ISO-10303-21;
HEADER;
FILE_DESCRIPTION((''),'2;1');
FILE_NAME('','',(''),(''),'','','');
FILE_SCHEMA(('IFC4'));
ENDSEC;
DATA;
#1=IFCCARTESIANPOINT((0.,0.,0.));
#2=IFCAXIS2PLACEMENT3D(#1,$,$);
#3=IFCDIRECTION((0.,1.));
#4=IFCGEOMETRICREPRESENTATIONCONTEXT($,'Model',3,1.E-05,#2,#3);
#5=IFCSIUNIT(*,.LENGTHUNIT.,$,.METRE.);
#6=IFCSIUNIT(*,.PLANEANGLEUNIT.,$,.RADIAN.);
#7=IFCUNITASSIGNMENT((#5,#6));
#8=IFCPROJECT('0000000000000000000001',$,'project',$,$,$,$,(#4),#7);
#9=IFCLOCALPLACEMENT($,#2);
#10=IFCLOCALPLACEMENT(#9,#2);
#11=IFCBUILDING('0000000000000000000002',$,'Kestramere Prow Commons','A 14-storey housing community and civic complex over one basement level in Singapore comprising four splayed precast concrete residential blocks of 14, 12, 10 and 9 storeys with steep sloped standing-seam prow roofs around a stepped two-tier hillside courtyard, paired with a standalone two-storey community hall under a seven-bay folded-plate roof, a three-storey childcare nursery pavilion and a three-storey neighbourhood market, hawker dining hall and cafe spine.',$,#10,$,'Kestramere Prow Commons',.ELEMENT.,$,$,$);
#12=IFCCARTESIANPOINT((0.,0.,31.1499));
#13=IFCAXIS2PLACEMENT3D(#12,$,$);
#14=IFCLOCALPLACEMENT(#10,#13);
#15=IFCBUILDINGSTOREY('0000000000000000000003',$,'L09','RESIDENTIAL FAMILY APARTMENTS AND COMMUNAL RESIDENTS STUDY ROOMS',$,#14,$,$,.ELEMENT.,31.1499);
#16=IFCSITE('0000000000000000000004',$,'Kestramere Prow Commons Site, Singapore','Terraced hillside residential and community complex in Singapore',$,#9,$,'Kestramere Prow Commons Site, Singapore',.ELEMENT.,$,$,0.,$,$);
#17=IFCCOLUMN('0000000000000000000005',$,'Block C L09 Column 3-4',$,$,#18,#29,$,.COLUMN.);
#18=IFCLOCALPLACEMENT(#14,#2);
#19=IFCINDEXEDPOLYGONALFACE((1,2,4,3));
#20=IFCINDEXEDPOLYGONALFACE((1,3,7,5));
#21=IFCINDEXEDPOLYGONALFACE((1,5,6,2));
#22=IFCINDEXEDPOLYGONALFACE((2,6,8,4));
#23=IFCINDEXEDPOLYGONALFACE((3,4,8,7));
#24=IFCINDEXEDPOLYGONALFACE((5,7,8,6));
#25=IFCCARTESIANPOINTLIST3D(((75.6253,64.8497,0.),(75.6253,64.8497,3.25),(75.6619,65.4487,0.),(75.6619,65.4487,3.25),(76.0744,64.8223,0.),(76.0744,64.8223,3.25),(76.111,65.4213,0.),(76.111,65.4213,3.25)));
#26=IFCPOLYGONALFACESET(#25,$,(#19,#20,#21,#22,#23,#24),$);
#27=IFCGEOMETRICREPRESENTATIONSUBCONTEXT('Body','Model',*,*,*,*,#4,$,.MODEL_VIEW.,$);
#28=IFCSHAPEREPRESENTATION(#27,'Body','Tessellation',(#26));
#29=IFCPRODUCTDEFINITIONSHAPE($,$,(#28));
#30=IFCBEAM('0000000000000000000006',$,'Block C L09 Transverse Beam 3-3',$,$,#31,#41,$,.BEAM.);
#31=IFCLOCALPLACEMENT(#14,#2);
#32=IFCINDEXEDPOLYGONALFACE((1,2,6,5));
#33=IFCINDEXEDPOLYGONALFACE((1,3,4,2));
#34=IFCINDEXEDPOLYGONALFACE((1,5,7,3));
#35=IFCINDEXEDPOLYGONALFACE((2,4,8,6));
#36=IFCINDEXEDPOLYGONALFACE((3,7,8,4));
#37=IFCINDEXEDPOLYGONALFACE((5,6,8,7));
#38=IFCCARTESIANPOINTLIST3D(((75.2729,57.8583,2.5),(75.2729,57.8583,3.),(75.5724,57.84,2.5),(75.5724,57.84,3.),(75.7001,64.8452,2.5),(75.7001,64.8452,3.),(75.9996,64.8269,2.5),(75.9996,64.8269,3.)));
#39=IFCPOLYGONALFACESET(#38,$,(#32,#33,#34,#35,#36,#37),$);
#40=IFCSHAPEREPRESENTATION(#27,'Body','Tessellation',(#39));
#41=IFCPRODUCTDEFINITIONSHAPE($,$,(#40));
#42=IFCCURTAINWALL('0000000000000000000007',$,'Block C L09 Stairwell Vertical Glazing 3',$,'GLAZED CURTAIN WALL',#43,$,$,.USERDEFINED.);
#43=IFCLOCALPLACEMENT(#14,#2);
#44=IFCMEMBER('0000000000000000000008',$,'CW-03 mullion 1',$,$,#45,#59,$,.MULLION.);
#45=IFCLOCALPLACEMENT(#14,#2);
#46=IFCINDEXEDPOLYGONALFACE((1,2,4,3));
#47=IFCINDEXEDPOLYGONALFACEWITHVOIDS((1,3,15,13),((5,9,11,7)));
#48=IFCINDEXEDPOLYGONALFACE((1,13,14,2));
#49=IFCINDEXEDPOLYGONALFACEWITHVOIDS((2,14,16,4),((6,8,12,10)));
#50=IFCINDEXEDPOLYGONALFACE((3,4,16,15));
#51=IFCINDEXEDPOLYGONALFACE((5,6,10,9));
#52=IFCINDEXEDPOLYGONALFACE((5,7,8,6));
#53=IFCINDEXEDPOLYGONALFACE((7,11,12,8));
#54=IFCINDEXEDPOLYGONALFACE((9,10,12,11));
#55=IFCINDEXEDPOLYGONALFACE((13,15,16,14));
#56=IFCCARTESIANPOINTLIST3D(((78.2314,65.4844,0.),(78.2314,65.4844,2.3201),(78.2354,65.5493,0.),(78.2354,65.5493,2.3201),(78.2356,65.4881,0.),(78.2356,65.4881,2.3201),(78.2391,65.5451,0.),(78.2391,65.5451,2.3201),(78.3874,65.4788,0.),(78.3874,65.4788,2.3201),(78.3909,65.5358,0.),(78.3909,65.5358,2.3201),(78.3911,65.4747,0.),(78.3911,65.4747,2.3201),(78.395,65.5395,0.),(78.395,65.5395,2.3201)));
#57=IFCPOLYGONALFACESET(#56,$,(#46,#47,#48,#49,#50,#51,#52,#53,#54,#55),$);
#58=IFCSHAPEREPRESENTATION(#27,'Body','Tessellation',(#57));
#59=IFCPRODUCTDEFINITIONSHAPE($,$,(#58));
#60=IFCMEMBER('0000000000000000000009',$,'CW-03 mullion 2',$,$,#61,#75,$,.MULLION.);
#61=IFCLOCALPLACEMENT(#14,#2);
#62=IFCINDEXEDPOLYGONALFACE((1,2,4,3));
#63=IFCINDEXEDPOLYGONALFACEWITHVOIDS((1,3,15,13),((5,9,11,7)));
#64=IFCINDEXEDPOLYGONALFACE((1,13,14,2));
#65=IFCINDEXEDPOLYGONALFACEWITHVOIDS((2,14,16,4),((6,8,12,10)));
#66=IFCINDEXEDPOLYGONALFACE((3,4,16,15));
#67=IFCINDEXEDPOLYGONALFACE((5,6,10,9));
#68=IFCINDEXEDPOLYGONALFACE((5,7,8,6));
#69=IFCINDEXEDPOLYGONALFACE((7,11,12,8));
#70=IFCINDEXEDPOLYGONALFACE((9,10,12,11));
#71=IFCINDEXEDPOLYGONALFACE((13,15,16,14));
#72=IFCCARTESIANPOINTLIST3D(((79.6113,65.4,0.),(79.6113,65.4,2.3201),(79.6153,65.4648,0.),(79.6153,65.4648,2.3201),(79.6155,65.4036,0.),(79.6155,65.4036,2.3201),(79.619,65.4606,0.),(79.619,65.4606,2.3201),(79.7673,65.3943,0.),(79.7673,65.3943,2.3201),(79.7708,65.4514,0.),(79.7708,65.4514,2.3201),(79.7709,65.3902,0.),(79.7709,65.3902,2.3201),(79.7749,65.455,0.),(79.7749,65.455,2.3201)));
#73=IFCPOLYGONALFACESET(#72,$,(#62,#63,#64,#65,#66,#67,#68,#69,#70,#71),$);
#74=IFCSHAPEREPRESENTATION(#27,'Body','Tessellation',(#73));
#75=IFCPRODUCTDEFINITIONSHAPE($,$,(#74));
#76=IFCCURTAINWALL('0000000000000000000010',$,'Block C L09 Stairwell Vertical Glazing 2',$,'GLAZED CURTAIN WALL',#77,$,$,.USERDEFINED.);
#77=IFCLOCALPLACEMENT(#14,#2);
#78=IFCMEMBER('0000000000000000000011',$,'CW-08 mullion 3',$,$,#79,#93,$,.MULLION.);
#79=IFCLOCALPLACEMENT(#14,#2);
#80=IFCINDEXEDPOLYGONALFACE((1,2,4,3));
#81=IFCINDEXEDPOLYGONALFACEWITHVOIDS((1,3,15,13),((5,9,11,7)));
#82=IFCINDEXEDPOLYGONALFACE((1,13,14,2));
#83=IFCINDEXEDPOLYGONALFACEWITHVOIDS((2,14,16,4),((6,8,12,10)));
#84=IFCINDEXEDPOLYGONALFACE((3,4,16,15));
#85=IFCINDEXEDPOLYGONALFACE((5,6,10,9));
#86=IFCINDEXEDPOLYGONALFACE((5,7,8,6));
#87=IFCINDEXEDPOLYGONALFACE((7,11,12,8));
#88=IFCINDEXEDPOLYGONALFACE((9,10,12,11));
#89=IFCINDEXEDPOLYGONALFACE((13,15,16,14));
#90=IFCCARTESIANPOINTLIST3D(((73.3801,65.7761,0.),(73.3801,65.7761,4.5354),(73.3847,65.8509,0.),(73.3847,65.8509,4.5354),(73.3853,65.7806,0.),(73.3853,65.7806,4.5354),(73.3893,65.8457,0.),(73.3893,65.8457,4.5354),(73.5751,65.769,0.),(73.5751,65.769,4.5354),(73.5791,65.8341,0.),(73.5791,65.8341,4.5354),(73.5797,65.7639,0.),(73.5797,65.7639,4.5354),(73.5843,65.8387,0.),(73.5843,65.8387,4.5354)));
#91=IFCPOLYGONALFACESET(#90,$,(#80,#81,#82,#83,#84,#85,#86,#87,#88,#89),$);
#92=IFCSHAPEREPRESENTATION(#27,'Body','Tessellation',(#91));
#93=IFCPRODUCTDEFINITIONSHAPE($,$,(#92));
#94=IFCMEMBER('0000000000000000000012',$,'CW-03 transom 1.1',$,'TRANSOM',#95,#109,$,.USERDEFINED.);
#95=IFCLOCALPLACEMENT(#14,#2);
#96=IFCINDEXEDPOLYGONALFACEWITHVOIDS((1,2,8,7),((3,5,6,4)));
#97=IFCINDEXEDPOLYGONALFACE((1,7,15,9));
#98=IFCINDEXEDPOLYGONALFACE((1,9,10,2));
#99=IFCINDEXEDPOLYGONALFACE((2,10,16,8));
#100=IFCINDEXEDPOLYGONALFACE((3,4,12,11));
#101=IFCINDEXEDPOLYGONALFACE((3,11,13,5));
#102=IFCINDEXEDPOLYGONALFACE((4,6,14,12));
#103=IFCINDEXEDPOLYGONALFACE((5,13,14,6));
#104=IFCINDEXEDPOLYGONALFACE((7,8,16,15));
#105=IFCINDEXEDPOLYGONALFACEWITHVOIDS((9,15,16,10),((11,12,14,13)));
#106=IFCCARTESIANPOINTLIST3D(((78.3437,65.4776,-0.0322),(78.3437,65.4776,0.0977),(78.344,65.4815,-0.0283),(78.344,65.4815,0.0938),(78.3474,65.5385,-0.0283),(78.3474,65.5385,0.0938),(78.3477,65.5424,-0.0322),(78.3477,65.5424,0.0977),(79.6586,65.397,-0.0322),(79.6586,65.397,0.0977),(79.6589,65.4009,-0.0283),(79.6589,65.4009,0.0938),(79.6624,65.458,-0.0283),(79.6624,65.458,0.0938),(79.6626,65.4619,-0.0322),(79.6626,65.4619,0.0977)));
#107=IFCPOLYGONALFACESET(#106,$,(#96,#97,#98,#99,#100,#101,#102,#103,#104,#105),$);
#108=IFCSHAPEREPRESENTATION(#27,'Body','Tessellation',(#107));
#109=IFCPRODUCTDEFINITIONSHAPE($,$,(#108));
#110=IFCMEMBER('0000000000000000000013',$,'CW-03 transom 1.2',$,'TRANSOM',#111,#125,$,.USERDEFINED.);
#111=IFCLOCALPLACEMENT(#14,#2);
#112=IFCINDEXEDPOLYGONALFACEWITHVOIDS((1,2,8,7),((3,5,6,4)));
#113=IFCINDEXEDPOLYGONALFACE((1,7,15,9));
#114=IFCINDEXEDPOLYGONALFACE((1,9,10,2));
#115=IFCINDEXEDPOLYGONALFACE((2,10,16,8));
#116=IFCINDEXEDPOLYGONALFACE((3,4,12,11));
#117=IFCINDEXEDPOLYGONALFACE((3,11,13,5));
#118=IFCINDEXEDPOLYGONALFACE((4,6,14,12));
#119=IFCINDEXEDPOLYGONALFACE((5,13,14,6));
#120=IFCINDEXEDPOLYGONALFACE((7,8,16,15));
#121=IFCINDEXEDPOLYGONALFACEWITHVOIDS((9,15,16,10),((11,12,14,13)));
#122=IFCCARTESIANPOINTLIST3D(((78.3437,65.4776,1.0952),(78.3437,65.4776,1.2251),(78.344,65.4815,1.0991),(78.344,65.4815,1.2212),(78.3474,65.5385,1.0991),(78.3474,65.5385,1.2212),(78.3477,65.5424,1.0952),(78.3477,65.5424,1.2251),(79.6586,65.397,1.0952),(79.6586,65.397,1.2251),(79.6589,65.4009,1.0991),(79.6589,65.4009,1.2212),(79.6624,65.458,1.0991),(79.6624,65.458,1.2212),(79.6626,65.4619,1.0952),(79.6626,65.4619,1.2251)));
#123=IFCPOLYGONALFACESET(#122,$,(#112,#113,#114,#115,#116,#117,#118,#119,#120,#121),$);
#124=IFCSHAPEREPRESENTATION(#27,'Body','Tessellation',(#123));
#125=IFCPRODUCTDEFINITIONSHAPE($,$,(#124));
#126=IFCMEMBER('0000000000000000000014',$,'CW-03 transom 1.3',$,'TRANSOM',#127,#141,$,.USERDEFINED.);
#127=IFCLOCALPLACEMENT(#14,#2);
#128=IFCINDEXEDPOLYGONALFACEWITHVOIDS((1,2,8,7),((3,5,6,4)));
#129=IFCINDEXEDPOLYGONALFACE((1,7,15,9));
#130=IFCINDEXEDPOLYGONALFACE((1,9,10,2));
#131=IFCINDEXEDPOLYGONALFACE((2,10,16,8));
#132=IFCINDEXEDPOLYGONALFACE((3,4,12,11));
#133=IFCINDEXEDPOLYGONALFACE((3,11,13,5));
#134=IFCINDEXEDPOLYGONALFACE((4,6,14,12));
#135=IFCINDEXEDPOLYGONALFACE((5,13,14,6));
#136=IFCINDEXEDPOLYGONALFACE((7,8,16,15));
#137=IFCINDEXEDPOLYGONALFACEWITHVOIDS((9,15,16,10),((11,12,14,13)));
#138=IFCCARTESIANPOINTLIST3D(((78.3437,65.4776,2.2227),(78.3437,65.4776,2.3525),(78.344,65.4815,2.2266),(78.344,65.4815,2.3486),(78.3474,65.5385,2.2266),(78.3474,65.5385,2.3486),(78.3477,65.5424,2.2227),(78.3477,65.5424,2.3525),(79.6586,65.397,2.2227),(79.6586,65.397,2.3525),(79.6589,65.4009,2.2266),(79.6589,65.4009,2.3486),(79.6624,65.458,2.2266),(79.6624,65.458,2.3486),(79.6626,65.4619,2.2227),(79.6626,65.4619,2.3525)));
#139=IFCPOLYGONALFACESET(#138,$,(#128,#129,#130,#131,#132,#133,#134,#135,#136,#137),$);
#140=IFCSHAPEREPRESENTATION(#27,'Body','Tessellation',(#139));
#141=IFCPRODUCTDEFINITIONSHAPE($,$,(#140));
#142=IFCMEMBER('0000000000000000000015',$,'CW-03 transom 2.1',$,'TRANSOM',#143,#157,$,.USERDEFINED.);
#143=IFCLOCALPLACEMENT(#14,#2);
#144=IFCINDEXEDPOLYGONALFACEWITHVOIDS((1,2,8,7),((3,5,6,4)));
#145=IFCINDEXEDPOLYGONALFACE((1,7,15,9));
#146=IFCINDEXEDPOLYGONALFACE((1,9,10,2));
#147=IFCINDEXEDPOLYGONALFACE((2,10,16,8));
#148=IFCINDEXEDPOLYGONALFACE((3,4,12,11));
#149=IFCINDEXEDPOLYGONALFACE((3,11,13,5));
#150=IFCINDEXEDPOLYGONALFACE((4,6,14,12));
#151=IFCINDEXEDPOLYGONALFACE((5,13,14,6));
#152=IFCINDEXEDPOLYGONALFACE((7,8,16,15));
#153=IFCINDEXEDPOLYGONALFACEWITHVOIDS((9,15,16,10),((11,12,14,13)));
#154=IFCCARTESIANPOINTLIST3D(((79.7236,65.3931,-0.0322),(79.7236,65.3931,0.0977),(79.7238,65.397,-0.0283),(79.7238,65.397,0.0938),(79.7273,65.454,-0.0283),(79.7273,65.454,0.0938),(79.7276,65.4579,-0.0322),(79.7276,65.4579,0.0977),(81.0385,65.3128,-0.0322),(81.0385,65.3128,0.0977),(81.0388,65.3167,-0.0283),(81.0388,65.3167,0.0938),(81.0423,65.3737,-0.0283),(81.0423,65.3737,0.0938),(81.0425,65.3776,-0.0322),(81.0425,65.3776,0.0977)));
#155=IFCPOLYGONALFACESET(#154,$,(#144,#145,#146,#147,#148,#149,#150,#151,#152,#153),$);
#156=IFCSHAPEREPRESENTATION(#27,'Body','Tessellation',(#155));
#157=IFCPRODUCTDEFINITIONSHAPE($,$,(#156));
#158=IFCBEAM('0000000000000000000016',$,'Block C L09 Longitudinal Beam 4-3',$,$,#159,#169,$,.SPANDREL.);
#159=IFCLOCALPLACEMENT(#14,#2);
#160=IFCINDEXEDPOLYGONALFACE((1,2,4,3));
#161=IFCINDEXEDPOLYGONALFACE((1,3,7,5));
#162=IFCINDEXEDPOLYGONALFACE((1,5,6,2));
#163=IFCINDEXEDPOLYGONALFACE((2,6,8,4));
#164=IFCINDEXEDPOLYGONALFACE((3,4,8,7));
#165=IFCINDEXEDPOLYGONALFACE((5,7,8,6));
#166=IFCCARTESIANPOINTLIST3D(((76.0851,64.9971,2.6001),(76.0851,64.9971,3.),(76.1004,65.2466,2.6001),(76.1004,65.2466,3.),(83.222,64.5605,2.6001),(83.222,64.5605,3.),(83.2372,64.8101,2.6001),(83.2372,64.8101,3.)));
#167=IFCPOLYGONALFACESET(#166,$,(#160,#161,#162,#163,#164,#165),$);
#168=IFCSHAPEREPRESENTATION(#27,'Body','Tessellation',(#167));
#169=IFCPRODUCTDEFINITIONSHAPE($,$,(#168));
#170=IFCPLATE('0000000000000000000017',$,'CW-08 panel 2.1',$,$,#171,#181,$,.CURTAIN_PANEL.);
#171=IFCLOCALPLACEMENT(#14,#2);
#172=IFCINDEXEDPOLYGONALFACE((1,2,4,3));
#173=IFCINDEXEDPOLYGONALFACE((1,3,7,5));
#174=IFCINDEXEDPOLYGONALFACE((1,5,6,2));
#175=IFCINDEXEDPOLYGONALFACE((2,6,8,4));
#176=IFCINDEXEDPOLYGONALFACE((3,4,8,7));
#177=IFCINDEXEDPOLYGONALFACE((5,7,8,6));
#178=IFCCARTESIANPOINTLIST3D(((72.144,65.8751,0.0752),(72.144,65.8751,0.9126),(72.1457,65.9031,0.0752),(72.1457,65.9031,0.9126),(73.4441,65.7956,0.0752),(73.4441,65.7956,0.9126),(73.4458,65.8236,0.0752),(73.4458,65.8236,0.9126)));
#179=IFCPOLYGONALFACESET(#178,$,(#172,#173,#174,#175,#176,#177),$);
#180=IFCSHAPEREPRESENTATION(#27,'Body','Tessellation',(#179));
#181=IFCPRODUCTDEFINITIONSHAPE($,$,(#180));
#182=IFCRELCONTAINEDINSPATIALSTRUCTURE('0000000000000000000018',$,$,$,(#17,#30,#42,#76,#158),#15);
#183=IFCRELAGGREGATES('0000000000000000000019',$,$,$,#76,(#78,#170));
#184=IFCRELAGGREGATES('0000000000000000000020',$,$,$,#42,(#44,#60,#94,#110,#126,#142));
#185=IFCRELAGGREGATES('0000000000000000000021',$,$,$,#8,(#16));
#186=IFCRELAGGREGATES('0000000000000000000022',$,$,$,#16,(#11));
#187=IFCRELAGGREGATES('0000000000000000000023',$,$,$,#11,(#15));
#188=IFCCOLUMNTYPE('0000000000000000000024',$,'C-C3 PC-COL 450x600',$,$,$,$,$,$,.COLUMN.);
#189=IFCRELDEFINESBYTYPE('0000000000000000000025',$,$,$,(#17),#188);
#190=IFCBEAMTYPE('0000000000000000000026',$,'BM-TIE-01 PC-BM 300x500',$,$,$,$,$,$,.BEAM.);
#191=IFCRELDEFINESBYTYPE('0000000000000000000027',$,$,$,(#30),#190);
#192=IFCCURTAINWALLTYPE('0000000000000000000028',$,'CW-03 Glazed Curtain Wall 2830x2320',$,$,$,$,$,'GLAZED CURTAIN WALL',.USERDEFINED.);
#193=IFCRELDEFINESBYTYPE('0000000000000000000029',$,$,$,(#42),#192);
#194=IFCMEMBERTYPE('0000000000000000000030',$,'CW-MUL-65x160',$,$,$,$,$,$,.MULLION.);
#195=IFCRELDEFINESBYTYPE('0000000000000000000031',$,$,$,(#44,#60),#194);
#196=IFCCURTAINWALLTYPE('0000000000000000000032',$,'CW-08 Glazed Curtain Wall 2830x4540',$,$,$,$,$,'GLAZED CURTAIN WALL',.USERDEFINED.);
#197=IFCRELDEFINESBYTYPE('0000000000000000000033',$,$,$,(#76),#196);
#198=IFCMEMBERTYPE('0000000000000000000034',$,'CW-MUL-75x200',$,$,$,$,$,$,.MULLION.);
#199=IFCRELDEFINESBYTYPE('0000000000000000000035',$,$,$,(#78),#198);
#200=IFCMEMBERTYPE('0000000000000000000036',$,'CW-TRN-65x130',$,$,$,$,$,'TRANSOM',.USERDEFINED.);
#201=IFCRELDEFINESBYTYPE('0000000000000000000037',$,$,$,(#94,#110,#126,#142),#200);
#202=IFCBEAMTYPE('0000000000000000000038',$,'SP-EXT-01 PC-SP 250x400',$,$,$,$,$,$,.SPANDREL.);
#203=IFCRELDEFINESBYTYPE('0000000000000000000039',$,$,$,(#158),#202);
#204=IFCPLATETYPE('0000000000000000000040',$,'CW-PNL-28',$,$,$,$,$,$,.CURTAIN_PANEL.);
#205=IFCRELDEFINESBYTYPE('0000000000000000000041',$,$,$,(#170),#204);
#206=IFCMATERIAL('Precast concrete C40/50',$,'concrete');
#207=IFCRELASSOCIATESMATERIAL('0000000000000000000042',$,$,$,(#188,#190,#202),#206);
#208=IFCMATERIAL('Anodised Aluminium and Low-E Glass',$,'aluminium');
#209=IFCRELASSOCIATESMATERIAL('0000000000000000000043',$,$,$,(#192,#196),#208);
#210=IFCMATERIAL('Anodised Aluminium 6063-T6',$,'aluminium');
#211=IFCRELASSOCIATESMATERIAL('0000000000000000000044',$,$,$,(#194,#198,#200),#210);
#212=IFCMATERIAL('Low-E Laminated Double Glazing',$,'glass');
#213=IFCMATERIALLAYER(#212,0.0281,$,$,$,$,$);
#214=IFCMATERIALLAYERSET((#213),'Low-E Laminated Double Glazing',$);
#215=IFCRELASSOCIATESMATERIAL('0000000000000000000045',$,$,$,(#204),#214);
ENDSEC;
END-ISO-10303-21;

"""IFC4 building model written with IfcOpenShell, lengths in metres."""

from ifc_helpers import new_model, si_unit, direction, frame, origin, origin_2d, place, context, subcontext, project, spatial, rectangle, hollow_rectangle, extrude, material, layer, layer_set, material_profile, profile_set, type_object, element, aggregate, save


model = new_model("IFC4")

# Units and contexts
model_context = context("Model", 3, precision=1e-05, world=origin(), true_north=direction((0.0, 1.0)))
body_context = subcontext(model_context, "Body", "Model", "MODEL_VIEW")
ifc_project = project(units=[si_unit("LENGTHUNIT", "METRE"), si_unit("PLANEANGLEUNIT", "RADIAN")], contexts=[model_context])

# Site, building, storey
site_placement = place(None, origin())
site = spatial("IfcSite", under=ifc_project, at=site_placement, Name="Kestramere Prow Commons Site, Singapore", Description="Terraced hillside residential and community complex in Singapore", LongName="Kestramere Prow Commons Site, Singapore", CompositionType="ELEMENT", RefElevation=0.0)
building_placement = place(site_placement, origin())
building = spatial("IfcBuilding", under=site, at=building_placement, Name="Kestramere Prow Commons", Description="A 14-storey housing community and civic complex over one basement level in Singapore comprising four splayed precast concrete residential blocks of 14, 12, 10 and 9 storeys with steep sloped standing-seam prow roofs around a stepped two-tier hillside courtyard, paired with a standalone two-storey community hall under a seven-bay folded-plate roof, a three-storey childcare nursery pavilion and a three-storey neighbourhood market, hawker dining hall and cafe spine.", LongName="Kestramere Prow Commons", CompositionType="ELEMENT")
storey_placement = place(building_placement, frame((0.0, 0.0, 31.1499)))
storey = spatial("IfcBuildingStorey", under=building, at=storey_placement, Name="L09", Description="RESIDENTIAL FAMILY APARTMENTS AND COMMUNAL RESIDENTS STUDY ROOMS", CompositionType="ELEMENT", Elevation=31.1499)

# Column
ifc_material_1 = material(Name="Precast concrete C40/50", Category="concrete")
ifc_material_profile_1 = material_profile(ifc_material_1, rectangle(XDim=0.45, YDim=0.6001, at=origin_2d()), Name="PC-COL 450x600")
ifc_profile_set_1 = profile_set([ifc_material_profile_1], Name="Precast concrete C40/50")
column_type = type_object("IfcColumnType", Name="C-C3 PC-COL 450x600", PredefinedType="COLUMN", material=ifc_profile_set_1)
column_placement = place(storey_placement, frame((75.8682, 65.1355, 0.0), z_axis=(0.0, 0.0, 1.0), x_axis=(0.998135, -0.061049, 0.0)))
element("IfcColumn", 1, at=column_placement, inside=storey, type_object=column_type, Name="Block C L09 Column 3-4", PredefinedType="COLUMN", context=body_context, shape_type="SweptSolid", body=[
    extrude(rectangle(XDim=0.45, YDim=0.6001, at=origin_2d()), origin(), (0.0, 0.0, 1.0), 3.25),
])

# Beam
ifc_material_profile_2 = material_profile(ifc_material_1, rectangle(XDim=0.3, YDim=0.5, at=origin_2d()), Name="PC-BM 300x500")
ifc_profile_set_2 = profile_set([ifc_material_profile_2], Name="Precast concrete C40/50")
beam_type_1 = type_object("IfcBeamType", Name="BM-TIE-01 PC-BM 300x500", PredefinedType="BEAM", material=ifc_profile_set_2)
beam_1_placement = place(storey_placement, frame((75.4226, 57.8491, 2.75), z_axis=(0.061034, 0.998136, 0.0), x_axis=(-0.998136, 0.061034, 0.0)))
element("IfcBeam", 2, at=beam_1_placement, inside=storey, type_object=beam_type_1, Name="Block C L09 Transverse Beam 3-3", PredefinedType="BEAM", context=body_context, shape_type="SweptSolid", body=[
    extrude(rectangle(XDim=0.3, YDim=0.5, at=origin_2d()), origin(), (0.0, 0.0, 1.0), 7.0),
])

# Curtain wall, members
ifc_material_2 = material(Name="Anodised Aluminium and Low-E Glass", Category="aluminium")
curtain_wall_type_1 = type_object("IfcCurtainWallType", Name="CW-03 Glazed Curtain Wall 2830x2320", ElementType="GLAZED CURTAIN WALL", PredefinedType="USERDEFINED", material=ifc_material_2)
curtain_wall_1_placement = place(storey_placement, origin())
curtain_wall_1 = element("IfcCurtainWall", 3, at=curtain_wall_1_placement, inside=storey, type_object=curtain_wall_type_1, Name="Block C L09 Stairwell Vertical Glazing 3", ObjectType="GLAZED CURTAIN WALL", PredefinedType="USERDEFINED")
ifc_material_3 = material(Name="Anodised Aluminium 6063-T6", Category="aluminium")
ifc_material_profile_3 = material_profile(ifc_material_3, hollow_rectangle(XDim=0.0649, YDim=0.1599, WallThickness=0.0039, at=origin_2d()), Name="ALU-MUL 65x160")
ifc_profile_set_3 = profile_set([ifc_material_profile_3], Name="Anodised Aluminium 6063-T6")
member_type_1 = type_object("IfcMemberType", Name="CW-MUL-65x160", PredefinedType="MULLION", material=ifc_profile_set_3)
member_1_placement = place(storey_placement, frame((78.3132, 65.512, 0.0), z_axis=(0.0, 0.0, 1.0), x_axis=(0.061048, 0.998135, 0.0)))
member_1 = element("IfcMember", 4, at=member_1_placement, type_object=member_type_1, Name="CW-03 mullion 1", PredefinedType="MULLION", context=body_context, shape_type="SweptSolid", body=[
    extrude(hollow_rectangle(XDim=0.0649, YDim=0.1599, WallThickness=0.0039, at=origin_2d()), origin(), (0.0, 0.0, 1.0), 2.3201),
])
member_2_placement = place(storey_placement, frame((79.6931, 65.4275, 0.0), z_axis=(0.0, 0.0, 1.0), x_axis=(0.061048, 0.998135, 0.0)))
member_2 = element("IfcMember", 5, at=member_2_placement, type_object=member_type_1, Name="CW-03 mullion 2", PredefinedType="MULLION", context=body_context, shape_type="SweptSolid", body=[
    extrude(hollow_rectangle(XDim=0.0649, YDim=0.1599, WallThickness=0.0039, at=origin_2d()), origin(), (0.0, 0.0, 1.0), 2.3201),
])

# Curtain wall, member
curtain_wall_type_2 = type_object("IfcCurtainWallType", Name="CW-08 Glazed Curtain Wall 2830x4540", ElementType="GLAZED CURTAIN WALL", PredefinedType="USERDEFINED", material=ifc_material_2)
curtain_wall_2_placement = place(storey_placement, origin())
curtain_wall_2 = element("IfcCurtainWall", 6, at=curtain_wall_2_placement, inside=storey, type_object=curtain_wall_type_2, Name="Block C L09 Stairwell Vertical Glazing 2", ObjectType="GLAZED CURTAIN WALL", PredefinedType="USERDEFINED")
ifc_material_profile_4 = material_profile(ifc_material_3, hollow_rectangle(XDim=0.075, YDim=0.2, WallThickness=0.0049, at=origin_2d()), Name="ALU-MUL 75x200")
ifc_profile_set_4 = profile_set([ifc_material_profile_4], Name="Anodised Aluminium 6063-T6")
member_type_2 = type_object("IfcMemberType", Name="CW-MUL-75x200", PredefinedType="MULLION", material=ifc_profile_set_4)
member_3_placement = place(storey_placement, frame((73.4822, 65.8074, 0.0), z_axis=(0.0, 0.0, 1.0), x_axis=(0.061048, 0.998135, 0.0)))
member_3 = element("IfcMember", 7, at=member_3_placement, type_object=member_type_2, Name="CW-08 mullion 3", PredefinedType="MULLION", context=body_context, shape_type="SweptSolid", body=[
    extrude(hollow_rectangle(XDim=0.075, YDim=0.2, WallThickness=0.0049, at=origin_2d()), origin(), (0.0, 0.0, 1.0), 4.5354),
])

# Members
ifc_material_profile_5 = material_profile(ifc_material_3, hollow_rectangle(XDim=0.0649, YDim=0.1299, WallThickness=0.0039, at=origin_2d()), Name="ALU-TRN 65x130")
ifc_profile_set_5 = profile_set([ifc_material_profile_5], Name="Anodised Aluminium 6063-T6")
member_type_3 = type_object("IfcMemberType", Name="CW-TRN-65x130", ElementType="TRANSOM", PredefinedType="USERDEFINED", material=ifc_profile_set_5)
member_4_placement = place(storey_placement, frame((78.3457, 65.51, 0.0327), z_axis=(0.998128, -0.061155, 0.0), x_axis=(0.061155, 0.998128, 0.0)))
member_4 = element("IfcMember", 8, at=member_4_placement, type_object=member_type_3, Name="CW-03 transom 1.1", ObjectType="TRANSOM", PredefinedType="USERDEFINED", context=body_context, shape_type="SweptSolid", body=[
    extrude(hollow_rectangle(XDim=0.0649, YDim=0.1299, WallThickness=0.0039, at=origin_2d()), origin(), (0.0, 0.0, 1.0), 1.3174),
])
member_5_placement = place(storey_placement, frame((78.3457, 65.51, 1.1602), z_axis=(0.998128, -0.061155, 0.0), x_axis=(0.061155, 0.998128, 0.0)))
member_5 = element("IfcMember", 9, at=member_5_placement, type_object=member_type_3, Name="CW-03 transom 1.2", ObjectType="TRANSOM", PredefinedType="USERDEFINED", context=body_context, shape_type="SweptSolid", body=[
    extrude(hollow_rectangle(XDim=0.0649, YDim=0.1299, WallThickness=0.0039, at=origin_2d()), origin(), (0.0, 0.0, 1.0), 1.3174),
])
member_6_placement = place(storey_placement, frame((78.3457, 65.51, 2.2876), z_axis=(0.998128, -0.061155, 0.0), x_axis=(0.061155, 0.998128, 0.0)))
member_6 = element("IfcMember", 10, at=member_6_placement, type_object=member_type_3, Name="CW-03 transom 1.3", ObjectType="TRANSOM", PredefinedType="USERDEFINED", context=body_context, shape_type="SweptSolid", body=[
    extrude(hollow_rectangle(XDim=0.0649, YDim=0.1299, WallThickness=0.0039, at=origin_2d()), origin(), (0.0, 0.0, 1.0), 1.3174),
])
member_7_placement = place(storey_placement, frame((79.7256, 65.4255, 0.0327), z_axis=(0.99814, -0.060971, 0.0), x_axis=(0.060971, 0.99814, 0.0)))
member_7 = element("IfcMember", 11, at=member_7_placement, type_object=member_type_3, Name="CW-03 transom 2.1", ObjectType="TRANSOM", PredefinedType="USERDEFINED", context=body_context, shape_type="SweptSolid", body=[
    extrude(hollow_rectangle(XDim=0.0649, YDim=0.1299, WallThickness=0.0039, at=origin_2d()), origin(), (0.0, 0.0, 1.0), 1.3174),
])

# Beam
ifc_material_profile_6 = material_profile(ifc_material_1, rectangle(XDim=0.25, YDim=0.3999, at=origin_2d()), Name="PC-SP 250x400")
ifc_profile_set_6 = profile_set([ifc_material_profile_6], Name="Precast concrete C40/50")
beam_type_2 = type_object("IfcBeamType", Name="SP-EXT-01 PC-SP 250x400", PredefinedType="SPANDREL", material=ifc_profile_set_6)
beam_2_placement = place(storey_placement, frame((76.0928, 65.1218, 2.8), z_axis=(0.998135, -0.061052, 0.0), x_axis=(0.061052, 0.998135, 0.0)))
element("IfcBeam", 12, at=beam_2_placement, inside=storey, type_object=beam_type_2, Name="Block C L09 Longitudinal Beam 4-3", PredefinedType="SPANDREL", context=body_context, shape_type="SweptSolid", body=[
    extrude(rectangle(XDim=0.25, YDim=0.3999, at=origin_2d()), origin(), (0.0, 0.0, 1.0), 7.1501),
])

# Plate
ifc_material_4 = material(Name="Low-E Laminated Double Glazing", Category="glass")
ifc_layer_1 = layer(ifc_material_4, 0.0281)
ifc_layer_set_1 = layer_set([ifc_layer_1], Name="Low-E Laminated Double Glazing")
plate_type = type_object("IfcPlateType", Name="CW-PNL-28", PredefinedType="CURTAIN_PANEL", material=ifc_layer_set_1)
plate_1_placement = place(storey_placement, frame((72.7949, 65.8494, 0.0752), z_axis=(0.0, 0.0, 1.0), x_axis=(0.998135, -0.061048, 0.0)))
plate_1 = element("IfcPlate", 13, at=plate_1_placement, type_object=plate_type, Name="CW-08 panel 2.1", PredefinedType="CURTAIN_PANEL", context=body_context, shape_type="SweptSolid", body=[
    extrude(rectangle(XDim=1.3025, YDim=0.0281, at=origin_2d()), origin(), (0.0, 0.0, 1.0), 0.8374),
])
aggregate(curtain_wall_2, [member_3, plate_1])
aggregate(curtain_wall_1, [member_1, member_2, member_4, member_5, member_6, member_7])

save(model, "model.ifc")
